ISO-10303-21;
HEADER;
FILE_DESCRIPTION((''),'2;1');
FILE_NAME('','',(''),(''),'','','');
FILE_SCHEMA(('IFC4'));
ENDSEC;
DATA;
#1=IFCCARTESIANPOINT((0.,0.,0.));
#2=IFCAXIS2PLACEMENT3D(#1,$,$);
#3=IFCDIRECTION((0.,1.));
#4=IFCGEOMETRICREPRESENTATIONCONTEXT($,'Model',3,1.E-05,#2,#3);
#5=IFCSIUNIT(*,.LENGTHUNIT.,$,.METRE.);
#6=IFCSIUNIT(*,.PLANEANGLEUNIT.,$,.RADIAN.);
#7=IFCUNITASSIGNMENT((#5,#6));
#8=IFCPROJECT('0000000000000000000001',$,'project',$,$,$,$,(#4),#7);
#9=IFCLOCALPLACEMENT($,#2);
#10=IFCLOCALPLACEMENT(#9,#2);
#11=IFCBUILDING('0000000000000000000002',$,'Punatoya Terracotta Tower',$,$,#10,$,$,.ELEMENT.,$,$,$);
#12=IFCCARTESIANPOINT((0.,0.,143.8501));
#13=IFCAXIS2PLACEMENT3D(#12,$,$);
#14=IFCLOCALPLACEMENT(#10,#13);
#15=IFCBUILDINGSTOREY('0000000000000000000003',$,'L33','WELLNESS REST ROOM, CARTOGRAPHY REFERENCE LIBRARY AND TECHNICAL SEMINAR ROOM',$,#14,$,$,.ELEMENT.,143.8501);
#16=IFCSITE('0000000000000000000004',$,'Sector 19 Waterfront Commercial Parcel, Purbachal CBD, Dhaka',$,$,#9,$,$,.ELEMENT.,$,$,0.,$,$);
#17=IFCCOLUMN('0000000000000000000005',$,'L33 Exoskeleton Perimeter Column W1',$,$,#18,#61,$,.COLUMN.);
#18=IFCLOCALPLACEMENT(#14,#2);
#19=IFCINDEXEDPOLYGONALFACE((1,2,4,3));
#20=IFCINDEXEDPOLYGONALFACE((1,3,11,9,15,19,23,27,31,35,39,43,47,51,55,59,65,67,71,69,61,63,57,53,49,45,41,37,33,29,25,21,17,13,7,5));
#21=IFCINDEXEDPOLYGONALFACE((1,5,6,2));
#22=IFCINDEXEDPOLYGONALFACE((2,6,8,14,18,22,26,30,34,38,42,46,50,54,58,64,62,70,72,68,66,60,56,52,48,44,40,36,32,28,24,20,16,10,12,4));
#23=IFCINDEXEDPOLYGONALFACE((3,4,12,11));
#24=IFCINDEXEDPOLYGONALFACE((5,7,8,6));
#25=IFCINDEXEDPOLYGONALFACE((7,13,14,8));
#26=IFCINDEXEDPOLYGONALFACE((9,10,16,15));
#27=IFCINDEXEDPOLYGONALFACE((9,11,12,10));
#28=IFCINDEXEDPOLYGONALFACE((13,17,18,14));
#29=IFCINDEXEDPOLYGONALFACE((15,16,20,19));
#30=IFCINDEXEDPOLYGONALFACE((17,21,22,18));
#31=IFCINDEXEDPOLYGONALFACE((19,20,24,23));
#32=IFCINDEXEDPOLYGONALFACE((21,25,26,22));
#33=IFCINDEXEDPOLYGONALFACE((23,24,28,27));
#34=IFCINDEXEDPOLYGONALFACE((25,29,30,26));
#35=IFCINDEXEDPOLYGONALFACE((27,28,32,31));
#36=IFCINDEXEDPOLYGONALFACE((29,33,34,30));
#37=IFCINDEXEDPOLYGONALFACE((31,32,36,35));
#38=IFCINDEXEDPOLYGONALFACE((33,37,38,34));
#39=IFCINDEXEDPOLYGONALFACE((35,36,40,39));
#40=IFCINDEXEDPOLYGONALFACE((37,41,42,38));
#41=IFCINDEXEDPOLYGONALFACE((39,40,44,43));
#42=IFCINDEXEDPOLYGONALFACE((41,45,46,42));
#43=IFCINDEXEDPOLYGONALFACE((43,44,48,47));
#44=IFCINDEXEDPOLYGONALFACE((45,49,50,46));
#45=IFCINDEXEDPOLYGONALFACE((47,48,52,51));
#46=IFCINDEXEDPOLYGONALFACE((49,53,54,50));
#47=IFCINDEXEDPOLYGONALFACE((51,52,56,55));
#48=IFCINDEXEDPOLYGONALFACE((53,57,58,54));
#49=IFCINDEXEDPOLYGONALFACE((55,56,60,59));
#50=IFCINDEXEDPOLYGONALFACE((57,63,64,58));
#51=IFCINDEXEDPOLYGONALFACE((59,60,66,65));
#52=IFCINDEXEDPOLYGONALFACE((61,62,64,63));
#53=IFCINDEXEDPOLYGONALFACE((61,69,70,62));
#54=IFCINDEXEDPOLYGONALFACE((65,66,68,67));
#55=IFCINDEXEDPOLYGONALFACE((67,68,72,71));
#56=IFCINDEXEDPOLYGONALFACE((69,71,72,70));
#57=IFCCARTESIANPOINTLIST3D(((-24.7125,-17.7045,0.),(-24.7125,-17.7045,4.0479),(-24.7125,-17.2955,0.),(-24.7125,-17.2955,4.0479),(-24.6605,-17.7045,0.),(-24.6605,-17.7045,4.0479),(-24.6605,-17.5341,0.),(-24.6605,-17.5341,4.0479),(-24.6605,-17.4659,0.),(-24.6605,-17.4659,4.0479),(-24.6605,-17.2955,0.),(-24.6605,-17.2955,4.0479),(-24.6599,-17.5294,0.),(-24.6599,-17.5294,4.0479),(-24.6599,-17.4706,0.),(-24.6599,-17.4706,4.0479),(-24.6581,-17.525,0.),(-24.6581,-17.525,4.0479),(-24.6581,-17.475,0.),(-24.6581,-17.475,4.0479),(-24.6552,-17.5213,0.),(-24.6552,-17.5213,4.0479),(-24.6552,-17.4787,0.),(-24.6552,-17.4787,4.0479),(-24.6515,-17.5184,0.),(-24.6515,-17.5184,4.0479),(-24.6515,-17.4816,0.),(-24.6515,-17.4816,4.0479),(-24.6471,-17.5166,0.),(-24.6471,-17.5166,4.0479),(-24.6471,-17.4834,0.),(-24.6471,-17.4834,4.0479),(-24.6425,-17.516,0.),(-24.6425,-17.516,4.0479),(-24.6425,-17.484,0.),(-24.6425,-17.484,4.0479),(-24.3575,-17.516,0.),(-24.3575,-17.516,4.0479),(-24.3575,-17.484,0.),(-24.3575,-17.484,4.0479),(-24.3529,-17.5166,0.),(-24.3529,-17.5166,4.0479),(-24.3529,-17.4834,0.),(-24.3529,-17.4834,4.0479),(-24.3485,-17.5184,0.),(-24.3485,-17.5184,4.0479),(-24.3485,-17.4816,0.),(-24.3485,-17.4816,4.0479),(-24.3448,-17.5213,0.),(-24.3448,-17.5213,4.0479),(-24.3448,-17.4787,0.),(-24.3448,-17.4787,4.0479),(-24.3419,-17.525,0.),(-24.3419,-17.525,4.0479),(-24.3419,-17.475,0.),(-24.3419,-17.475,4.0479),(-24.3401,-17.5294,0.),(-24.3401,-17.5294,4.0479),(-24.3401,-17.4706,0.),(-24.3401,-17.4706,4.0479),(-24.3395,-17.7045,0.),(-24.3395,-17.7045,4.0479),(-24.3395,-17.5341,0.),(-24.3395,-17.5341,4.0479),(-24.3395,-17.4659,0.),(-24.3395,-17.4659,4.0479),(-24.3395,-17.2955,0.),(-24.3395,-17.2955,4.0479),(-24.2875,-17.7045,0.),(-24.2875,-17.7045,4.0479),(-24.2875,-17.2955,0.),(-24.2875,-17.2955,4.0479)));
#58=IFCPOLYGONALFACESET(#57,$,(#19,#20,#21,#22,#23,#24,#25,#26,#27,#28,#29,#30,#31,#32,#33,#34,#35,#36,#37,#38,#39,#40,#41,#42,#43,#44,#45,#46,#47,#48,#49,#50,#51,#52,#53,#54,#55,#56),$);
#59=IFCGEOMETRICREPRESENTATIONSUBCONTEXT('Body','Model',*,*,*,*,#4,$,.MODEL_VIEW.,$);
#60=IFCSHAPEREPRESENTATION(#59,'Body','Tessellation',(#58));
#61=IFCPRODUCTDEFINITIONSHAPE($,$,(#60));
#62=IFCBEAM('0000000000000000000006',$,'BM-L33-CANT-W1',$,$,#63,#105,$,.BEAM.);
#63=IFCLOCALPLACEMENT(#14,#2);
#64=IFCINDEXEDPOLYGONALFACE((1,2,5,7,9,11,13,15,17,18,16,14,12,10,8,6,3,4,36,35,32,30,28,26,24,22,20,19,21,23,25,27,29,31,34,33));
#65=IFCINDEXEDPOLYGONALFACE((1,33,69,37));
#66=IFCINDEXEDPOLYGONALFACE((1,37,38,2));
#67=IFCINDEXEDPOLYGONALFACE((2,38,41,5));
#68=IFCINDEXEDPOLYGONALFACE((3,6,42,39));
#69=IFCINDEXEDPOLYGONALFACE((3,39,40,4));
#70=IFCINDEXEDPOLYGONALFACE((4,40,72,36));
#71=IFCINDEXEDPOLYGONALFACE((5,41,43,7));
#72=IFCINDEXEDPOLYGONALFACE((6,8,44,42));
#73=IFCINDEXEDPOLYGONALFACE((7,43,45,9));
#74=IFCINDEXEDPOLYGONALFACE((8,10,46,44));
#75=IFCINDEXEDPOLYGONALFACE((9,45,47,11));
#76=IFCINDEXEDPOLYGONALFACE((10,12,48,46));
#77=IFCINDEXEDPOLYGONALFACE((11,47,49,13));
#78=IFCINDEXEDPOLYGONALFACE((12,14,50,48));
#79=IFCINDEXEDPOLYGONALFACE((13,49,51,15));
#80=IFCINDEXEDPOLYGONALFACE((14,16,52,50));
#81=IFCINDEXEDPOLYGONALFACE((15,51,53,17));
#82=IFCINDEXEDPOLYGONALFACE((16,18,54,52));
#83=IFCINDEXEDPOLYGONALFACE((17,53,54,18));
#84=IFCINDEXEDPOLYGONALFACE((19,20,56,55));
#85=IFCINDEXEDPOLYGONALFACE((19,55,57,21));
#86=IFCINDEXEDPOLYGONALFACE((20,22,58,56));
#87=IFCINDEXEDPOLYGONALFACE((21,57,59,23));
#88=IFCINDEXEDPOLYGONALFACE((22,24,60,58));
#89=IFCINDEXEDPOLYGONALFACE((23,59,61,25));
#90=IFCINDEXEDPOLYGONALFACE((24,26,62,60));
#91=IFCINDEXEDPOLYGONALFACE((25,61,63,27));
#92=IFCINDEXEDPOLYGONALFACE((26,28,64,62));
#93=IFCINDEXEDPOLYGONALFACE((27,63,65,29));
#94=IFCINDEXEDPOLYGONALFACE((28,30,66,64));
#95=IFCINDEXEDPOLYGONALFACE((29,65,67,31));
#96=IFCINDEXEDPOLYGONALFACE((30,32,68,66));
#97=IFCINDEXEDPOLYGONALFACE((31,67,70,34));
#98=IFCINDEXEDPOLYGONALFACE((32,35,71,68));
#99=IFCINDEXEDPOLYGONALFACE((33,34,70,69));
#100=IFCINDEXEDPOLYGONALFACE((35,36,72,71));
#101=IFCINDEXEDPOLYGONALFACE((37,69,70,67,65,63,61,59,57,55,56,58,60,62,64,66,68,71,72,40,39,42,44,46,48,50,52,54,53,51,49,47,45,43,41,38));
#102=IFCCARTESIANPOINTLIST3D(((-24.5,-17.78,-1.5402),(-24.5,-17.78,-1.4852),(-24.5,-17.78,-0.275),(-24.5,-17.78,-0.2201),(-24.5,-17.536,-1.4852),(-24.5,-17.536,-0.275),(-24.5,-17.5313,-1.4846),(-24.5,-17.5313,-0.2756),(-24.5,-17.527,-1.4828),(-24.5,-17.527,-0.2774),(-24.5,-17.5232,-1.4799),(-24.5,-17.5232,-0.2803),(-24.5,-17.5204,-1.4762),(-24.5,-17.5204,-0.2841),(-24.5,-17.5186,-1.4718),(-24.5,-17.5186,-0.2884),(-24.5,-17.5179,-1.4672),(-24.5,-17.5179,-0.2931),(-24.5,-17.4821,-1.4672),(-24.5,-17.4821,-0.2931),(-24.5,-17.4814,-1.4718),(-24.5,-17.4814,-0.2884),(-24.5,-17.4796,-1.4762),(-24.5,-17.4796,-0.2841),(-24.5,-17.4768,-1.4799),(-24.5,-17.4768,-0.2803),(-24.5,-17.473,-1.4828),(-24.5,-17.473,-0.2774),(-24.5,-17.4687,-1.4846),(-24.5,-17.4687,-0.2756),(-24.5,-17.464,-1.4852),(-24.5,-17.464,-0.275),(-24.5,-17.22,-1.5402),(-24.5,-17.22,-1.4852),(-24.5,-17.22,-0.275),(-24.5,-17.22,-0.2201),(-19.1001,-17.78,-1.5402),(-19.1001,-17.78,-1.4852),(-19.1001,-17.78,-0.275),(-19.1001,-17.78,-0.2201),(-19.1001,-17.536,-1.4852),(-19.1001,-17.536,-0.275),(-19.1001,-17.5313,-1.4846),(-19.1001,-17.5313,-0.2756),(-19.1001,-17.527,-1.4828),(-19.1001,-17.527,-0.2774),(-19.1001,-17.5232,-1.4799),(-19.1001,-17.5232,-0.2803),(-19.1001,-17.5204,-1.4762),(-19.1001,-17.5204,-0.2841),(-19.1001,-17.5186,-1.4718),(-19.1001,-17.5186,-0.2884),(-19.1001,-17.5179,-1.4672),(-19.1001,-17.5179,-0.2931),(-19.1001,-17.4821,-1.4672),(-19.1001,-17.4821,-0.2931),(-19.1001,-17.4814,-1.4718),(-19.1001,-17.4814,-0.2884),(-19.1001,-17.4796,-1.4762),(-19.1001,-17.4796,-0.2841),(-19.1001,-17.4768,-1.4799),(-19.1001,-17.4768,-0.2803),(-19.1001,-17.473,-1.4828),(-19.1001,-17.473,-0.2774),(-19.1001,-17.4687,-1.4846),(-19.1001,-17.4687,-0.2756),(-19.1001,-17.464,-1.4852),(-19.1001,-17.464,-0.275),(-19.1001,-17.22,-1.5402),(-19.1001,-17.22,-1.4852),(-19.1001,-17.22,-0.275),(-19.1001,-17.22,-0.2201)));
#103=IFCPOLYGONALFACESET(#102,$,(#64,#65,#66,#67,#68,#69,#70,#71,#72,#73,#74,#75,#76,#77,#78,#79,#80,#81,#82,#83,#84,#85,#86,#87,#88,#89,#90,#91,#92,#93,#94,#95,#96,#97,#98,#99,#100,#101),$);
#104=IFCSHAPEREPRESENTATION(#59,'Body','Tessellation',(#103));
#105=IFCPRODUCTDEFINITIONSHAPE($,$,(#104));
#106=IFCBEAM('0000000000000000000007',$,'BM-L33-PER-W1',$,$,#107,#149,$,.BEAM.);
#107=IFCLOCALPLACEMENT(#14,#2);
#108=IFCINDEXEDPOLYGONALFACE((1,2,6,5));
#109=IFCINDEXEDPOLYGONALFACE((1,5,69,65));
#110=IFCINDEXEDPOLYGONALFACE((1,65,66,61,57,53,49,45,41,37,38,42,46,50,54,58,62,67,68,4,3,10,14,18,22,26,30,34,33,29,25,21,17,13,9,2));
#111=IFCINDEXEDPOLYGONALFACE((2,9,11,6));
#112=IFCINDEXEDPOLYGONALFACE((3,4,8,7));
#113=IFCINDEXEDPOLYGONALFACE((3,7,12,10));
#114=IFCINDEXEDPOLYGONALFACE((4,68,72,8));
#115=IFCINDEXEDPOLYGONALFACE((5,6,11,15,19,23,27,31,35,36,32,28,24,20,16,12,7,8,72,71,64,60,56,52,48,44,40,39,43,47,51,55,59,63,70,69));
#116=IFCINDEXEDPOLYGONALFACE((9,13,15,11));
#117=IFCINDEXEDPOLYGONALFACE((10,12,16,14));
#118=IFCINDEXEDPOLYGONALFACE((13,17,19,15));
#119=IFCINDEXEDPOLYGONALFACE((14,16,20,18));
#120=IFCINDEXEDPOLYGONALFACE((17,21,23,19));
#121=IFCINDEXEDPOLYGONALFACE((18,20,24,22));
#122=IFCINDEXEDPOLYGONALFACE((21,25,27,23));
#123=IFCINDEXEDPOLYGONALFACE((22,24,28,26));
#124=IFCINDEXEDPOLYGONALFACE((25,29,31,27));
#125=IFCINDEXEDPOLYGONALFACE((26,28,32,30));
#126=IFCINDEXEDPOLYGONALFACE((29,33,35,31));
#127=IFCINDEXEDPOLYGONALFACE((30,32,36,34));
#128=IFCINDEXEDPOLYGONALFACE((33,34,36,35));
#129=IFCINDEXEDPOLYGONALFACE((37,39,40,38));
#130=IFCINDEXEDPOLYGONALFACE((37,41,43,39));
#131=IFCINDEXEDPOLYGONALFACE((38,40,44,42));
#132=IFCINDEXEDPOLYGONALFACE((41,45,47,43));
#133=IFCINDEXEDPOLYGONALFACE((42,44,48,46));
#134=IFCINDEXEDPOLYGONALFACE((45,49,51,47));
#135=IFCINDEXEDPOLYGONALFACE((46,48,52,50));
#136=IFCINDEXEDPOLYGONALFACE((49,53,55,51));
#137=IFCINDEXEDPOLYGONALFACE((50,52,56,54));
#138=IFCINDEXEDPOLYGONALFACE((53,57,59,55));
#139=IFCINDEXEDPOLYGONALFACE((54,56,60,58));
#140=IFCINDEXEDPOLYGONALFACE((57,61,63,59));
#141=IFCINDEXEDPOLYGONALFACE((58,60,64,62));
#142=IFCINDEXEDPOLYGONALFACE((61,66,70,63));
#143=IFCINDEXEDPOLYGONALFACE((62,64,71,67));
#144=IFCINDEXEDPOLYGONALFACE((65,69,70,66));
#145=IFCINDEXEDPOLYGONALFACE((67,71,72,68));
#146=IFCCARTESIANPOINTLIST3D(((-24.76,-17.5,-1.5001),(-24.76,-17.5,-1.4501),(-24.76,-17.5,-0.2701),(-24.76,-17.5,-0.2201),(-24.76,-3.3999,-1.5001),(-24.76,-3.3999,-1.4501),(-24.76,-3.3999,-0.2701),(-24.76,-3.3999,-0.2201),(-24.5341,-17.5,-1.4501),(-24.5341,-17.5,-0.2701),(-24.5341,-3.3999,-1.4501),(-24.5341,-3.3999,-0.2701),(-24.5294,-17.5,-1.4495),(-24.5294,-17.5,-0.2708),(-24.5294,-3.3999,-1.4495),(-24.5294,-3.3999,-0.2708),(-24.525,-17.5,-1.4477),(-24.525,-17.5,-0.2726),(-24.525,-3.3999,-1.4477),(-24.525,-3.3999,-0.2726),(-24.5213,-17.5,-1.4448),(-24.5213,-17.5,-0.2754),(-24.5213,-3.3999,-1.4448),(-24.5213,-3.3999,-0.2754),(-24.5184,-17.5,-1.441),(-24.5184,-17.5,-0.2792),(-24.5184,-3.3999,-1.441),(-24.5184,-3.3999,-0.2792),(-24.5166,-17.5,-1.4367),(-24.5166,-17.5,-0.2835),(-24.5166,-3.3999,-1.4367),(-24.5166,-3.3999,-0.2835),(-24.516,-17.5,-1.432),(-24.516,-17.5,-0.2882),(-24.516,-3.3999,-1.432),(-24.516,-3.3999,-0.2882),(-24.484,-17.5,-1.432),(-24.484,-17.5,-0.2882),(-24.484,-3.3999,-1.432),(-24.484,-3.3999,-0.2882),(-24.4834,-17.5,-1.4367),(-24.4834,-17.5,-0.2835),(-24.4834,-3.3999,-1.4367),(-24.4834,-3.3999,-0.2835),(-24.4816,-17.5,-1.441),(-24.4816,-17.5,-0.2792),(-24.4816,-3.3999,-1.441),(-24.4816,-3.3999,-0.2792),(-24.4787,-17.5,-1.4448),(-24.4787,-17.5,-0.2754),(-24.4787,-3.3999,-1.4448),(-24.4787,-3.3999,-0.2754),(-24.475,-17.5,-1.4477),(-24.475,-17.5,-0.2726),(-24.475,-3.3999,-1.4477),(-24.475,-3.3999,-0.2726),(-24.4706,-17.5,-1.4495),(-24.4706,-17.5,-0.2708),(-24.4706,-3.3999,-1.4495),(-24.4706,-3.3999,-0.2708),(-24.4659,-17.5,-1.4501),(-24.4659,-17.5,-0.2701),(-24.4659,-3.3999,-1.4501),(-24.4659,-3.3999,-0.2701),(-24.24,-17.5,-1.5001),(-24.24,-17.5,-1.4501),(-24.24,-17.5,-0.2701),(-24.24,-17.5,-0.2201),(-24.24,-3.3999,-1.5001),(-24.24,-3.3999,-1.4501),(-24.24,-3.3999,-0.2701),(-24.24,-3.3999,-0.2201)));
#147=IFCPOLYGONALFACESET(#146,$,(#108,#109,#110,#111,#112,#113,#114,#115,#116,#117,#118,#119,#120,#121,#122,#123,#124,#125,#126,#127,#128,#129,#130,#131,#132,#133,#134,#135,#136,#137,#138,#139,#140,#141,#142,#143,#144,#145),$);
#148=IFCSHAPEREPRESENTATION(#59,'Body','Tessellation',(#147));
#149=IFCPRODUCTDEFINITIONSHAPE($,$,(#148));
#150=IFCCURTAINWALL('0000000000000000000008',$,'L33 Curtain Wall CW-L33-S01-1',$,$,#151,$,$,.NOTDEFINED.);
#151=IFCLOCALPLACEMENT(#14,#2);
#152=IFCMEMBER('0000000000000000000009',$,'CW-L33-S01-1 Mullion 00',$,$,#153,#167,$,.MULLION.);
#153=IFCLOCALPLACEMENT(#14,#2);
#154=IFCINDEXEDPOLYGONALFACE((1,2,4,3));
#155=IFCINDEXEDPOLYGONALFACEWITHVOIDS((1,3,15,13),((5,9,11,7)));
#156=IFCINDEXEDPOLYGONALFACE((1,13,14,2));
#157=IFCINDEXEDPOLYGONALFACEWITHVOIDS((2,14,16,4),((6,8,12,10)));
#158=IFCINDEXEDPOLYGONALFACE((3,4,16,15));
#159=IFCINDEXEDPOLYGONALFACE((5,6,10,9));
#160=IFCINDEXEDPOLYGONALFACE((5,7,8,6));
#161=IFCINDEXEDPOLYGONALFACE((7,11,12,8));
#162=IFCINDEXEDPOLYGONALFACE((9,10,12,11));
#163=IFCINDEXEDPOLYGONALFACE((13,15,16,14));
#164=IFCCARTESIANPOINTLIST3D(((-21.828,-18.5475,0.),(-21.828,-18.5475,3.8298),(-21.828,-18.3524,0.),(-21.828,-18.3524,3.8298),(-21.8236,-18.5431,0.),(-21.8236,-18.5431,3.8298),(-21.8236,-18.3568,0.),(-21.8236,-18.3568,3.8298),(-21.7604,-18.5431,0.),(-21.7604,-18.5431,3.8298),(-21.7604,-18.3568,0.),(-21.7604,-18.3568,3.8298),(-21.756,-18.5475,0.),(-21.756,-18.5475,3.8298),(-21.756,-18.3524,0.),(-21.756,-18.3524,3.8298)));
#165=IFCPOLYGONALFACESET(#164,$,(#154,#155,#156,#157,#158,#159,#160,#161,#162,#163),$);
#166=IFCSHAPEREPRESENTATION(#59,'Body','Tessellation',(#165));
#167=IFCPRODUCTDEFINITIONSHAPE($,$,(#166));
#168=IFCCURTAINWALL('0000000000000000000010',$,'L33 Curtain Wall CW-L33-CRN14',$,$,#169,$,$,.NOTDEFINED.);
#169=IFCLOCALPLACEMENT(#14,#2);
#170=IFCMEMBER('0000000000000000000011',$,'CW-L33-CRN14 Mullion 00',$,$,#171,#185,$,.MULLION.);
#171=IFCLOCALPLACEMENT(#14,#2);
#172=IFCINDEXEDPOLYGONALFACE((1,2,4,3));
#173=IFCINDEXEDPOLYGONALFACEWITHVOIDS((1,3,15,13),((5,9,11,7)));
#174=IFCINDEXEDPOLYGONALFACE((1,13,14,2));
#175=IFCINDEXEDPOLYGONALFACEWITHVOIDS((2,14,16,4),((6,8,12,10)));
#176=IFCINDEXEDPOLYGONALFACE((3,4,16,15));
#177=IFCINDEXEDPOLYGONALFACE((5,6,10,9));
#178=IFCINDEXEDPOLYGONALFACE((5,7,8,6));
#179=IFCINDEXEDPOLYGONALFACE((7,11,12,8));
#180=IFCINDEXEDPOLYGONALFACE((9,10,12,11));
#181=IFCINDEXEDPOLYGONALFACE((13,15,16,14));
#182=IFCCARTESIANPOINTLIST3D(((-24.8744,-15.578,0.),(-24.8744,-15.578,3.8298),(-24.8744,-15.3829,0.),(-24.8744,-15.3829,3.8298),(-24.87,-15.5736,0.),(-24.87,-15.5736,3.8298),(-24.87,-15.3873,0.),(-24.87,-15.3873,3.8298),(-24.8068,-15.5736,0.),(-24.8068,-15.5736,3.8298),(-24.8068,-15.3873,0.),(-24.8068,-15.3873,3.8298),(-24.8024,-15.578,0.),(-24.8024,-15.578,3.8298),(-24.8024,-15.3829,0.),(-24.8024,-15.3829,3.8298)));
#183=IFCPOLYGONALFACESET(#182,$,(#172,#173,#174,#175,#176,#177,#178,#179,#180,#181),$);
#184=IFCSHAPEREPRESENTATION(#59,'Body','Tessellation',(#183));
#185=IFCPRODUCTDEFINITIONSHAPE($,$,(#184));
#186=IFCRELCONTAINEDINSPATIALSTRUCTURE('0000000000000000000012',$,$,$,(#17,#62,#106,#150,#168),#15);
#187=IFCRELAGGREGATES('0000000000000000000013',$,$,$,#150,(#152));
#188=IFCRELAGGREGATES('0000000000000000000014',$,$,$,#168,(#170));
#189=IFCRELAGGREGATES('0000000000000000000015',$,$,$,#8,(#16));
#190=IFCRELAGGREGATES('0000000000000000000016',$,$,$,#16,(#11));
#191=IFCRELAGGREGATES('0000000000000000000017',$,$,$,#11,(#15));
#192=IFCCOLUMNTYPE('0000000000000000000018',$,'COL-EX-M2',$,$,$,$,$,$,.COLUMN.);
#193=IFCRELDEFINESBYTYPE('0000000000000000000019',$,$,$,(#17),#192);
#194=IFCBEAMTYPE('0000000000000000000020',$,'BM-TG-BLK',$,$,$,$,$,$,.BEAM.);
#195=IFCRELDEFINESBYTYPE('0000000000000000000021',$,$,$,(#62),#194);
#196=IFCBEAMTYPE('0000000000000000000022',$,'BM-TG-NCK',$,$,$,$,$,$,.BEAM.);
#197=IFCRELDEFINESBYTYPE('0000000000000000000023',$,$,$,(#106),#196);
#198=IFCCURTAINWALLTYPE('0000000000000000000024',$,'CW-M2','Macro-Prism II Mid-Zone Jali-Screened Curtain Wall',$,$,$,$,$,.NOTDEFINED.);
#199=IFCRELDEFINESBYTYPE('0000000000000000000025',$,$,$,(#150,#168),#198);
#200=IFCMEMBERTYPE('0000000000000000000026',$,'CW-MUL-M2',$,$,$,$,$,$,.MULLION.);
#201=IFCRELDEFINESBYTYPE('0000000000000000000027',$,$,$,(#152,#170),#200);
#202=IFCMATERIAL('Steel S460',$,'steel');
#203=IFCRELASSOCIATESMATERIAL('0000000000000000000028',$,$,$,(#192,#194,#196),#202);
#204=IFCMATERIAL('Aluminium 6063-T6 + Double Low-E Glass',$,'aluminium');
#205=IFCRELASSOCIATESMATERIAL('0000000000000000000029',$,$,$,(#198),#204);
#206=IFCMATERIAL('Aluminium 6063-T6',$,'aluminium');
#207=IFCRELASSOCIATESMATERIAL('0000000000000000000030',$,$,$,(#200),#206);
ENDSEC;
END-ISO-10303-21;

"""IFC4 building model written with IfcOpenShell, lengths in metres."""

from ifc_helpers import new_model, si_unit, direction, frame, origin, origin_2d, place, context, subcontext, project, spatial, hollow_rectangle, i_section, extrude, material, material_profile, profile_set, type_object, element, aggregate, save


model = new_model("IFC4")

# Units and contexts
model_context = context("Model", 3, precision=1e-05, world=origin(), true_north=direction((0.0, 1.0)))
body_context = subcontext(model_context, "Body", "Model", "MODEL_VIEW")
ifc_project = project(units=[si_unit("LENGTHUNIT", "METRE"), si_unit("PLANEANGLEUNIT", "RADIAN")], contexts=[model_context])

# Site, building, storey
site_placement = place(None, origin())
site = spatial("IfcSite", under=ifc_project, at=site_placement, Name="Sector 19 Waterfront Commercial Parcel, Purbachal CBD, Dhaka", CompositionType="ELEMENT", RefElevation=0.0)
building_placement = place(site_placement, origin())
building = spatial("IfcBuilding", under=site, at=building_placement, Name="Punatoya Terracotta Tower", CompositionType="ELEMENT")
storey_placement = place(building_placement, frame((0.0, 0.0, 143.8501)))
storey = spatial("IfcBuildingStorey", under=building, at=storey_placement, Name="L33", Description="WELLNESS REST ROOM, CARTOGRAPHY REFERENCE LIBRARY AND TECHNICAL SEMINAR ROOM", CompositionType="ELEMENT", Elevation=143.8501)

# Column
ifc_material_1 = material(Name="Steel S460", Category="steel")
ifc_material_profile_1 = material_profile(ifc_material_1, i_section(OverallWidth=0.4089, OverallDepth=0.425, WebThickness=0.032, FlangeThickness=0.052, FilletRadius=0.0181, at=origin_2d()))
ifc_profile_set_1 = profile_set([ifc_material_profile_1], Name="Steel S460")
column_type = type_object("IfcColumnType", Name="COL-EX-M2", PredefinedType="COLUMN", material=ifc_profile_set_1)
column_placement = place(storey_placement, frame((-24.5, -17.5, 0.0), z_axis=(0.0, 0.0, 1.0), x_axis=(0.0, 1.0, 0.0)))
element("IfcColumn", 1, at=column_placement, inside=storey, type_object=column_type, Name="L33 Exoskeleton Perimeter Column W1", PredefinedType="COLUMN", context=body_context, shape_type="SweptSolid", body=[
    extrude(i_section(OverallWidth=0.4089, OverallDepth=0.425, WebThickness=0.032, FlangeThickness=0.052, FilletRadius=0.0181, at=origin_2d()), origin(), (0.0, 0.0, 1.0), 4.0479),
])

# Beams
ifc_material_profile_2 = material_profile(ifc_material_1, i_section(OverallWidth=0.5601, OverallDepth=1.3201, WebThickness=0.0359, FlangeThickness=0.0549, FilletRadius=0.0181, at=origin_2d()))
ifc_profile_set_2 = profile_set([ifc_material_profile_2], Name="Steel S460")
beam_type_1 = type_object("IfcBeamType", Name="BM-TG-BLK", PredefinedType="BEAM", material=ifc_profile_set_2)
beam_1_placement = place(storey_placement, frame((-24.5, -17.5, -0.8801), z_axis=(1.0, 0.0, 0.0), x_axis=(0.0, 1.0, 0.0)))
element("IfcBeam", 2, at=beam_1_placement, inside=storey, type_object=beam_type_1, Name="BM-L33-CANT-W1", PredefinedType="BEAM", context=body_context, shape_type="SweptSolid", body=[
    extrude(i_section(OverallWidth=0.5601, OverallDepth=1.3201, WebThickness=0.0359, FlangeThickness=0.0549, FilletRadius=0.0181, at=origin_2d()), origin(), (0.0, 0.0, 1.0), 5.3999),
])
ifc_material_profile_3 = material_profile(ifc_material_1, i_section(OverallWidth=0.52, OverallDepth=1.28, WebThickness=0.032, FlangeThickness=0.05, FilletRadius=0.0181, at=origin_2d()))
ifc_profile_set_3 = profile_set([ifc_material_profile_3], Name="Steel S460")
beam_type_2 = type_object("IfcBeamType", Name="BM-TG-NCK", PredefinedType="BEAM", material=ifc_profile_set_3)
beam_2_placement = place(storey_placement, frame((-24.5, -17.5, -0.8601), z_axis=(0.0, 1.0, 0.0), x_axis=(-1.0, 0.0, 0.0)))
element("IfcBeam", 3, at=beam_2_placement, inside=storey, type_object=beam_type_2, Name="BM-L33-PER-W1", PredefinedType="BEAM", context=body_context, shape_type="SweptSolid", body=[
    extrude(i_section(OverallWidth=0.52, OverallDepth=1.28, WebThickness=0.032, FlangeThickness=0.05, FilletRadius=0.0181, at=origin_2d()), origin(), (0.0, 0.0, 1.0), 14.1001),
])

# Curtain wall, member
ifc_material_2 = material(Name="Aluminium 6063-T6 + Double Low-E Glass", Category="aluminium")
curtain_wall_type = type_object("IfcCurtainWallType", Name="CW-M2", Description="Macro-Prism II Mid-Zone Jali-Screened Curtain Wall", PredefinedType="NOTDEFINED", material=ifc_material_2)
curtain_wall_1_placement = place(storey_placement, origin())
curtain_wall_1 = element("IfcCurtainWall", 4, at=curtain_wall_1_placement, inside=storey, type_object=curtain_wall_type, Name="L33 Curtain Wall CW-L33-S01-1", PredefinedType="NOTDEFINED")
ifc_material_3 = material(Name="Aluminium 6063-T6", Category="aluminium")
ifc_material_profile_4 = material_profile(ifc_material_3, hollow_rectangle(XDim=0.072, YDim=0.1951, WallThickness=0.0044, at=origin_2d()))
ifc_profile_set_4 = profile_set([ifc_material_profile_4], Name="Aluminium 6063-T6")
member_type_1 = type_object("IfcMemberType", Name="CW-MUL-M2", PredefinedType="MULLION", material=ifc_profile_set_4)
member_1_placement = place(storey_placement, frame((-21.792, -18.45, 0.0), z_axis=(0.0, 0.0, 1.0), x_axis=(1.0, 0.0, 0.0)))
member_1 = element("IfcMember", 5, at=member_1_placement, type_object=member_type_1, Name="CW-L33-S01-1 Mullion 00", PredefinedType="MULLION", context=body_context, shape_type="SweptSolid", body=[
    extrude(hollow_rectangle(XDim=0.072, YDim=0.1951, WallThickness=0.0044, at=origin_2d()), origin(), (0.0, 0.0, 1.0), 3.8298),
])

# Curtain wall, member
curtain_wall_2_placement = place(storey_placement, origin())
curtain_wall_2 = element("IfcCurtainWall", 6, at=curtain_wall_2_placement, inside=storey, type_object=curtain_wall_type, Name="L33 Curtain Wall CW-L33-CRN14", PredefinedType="NOTDEFINED")
member_2_placement = place(storey_placement, frame((-24.8384, -15.4805, 0.0), z_axis=(0.0, 0.0, 1.0), x_axis=(1.0, 0.0, 0.0)))
member_2 = element("IfcMember", 7, at=member_2_placement, type_object=member_type_1, Name="CW-L33-CRN14 Mullion 00", PredefinedType="MULLION", context=body_context, shape_type="SweptSolid", body=[
    extrude(hollow_rectangle(XDim=0.072, YDim=0.1951, WallThickness=0.0044, at=origin_2d()), origin(), (0.0, 0.0, 1.0), 3.8298),
])

aggregate(curtain_wall_1, [member_1])

aggregate(curtain_wall_2, [member_2])

save(model, "model.ifc")
